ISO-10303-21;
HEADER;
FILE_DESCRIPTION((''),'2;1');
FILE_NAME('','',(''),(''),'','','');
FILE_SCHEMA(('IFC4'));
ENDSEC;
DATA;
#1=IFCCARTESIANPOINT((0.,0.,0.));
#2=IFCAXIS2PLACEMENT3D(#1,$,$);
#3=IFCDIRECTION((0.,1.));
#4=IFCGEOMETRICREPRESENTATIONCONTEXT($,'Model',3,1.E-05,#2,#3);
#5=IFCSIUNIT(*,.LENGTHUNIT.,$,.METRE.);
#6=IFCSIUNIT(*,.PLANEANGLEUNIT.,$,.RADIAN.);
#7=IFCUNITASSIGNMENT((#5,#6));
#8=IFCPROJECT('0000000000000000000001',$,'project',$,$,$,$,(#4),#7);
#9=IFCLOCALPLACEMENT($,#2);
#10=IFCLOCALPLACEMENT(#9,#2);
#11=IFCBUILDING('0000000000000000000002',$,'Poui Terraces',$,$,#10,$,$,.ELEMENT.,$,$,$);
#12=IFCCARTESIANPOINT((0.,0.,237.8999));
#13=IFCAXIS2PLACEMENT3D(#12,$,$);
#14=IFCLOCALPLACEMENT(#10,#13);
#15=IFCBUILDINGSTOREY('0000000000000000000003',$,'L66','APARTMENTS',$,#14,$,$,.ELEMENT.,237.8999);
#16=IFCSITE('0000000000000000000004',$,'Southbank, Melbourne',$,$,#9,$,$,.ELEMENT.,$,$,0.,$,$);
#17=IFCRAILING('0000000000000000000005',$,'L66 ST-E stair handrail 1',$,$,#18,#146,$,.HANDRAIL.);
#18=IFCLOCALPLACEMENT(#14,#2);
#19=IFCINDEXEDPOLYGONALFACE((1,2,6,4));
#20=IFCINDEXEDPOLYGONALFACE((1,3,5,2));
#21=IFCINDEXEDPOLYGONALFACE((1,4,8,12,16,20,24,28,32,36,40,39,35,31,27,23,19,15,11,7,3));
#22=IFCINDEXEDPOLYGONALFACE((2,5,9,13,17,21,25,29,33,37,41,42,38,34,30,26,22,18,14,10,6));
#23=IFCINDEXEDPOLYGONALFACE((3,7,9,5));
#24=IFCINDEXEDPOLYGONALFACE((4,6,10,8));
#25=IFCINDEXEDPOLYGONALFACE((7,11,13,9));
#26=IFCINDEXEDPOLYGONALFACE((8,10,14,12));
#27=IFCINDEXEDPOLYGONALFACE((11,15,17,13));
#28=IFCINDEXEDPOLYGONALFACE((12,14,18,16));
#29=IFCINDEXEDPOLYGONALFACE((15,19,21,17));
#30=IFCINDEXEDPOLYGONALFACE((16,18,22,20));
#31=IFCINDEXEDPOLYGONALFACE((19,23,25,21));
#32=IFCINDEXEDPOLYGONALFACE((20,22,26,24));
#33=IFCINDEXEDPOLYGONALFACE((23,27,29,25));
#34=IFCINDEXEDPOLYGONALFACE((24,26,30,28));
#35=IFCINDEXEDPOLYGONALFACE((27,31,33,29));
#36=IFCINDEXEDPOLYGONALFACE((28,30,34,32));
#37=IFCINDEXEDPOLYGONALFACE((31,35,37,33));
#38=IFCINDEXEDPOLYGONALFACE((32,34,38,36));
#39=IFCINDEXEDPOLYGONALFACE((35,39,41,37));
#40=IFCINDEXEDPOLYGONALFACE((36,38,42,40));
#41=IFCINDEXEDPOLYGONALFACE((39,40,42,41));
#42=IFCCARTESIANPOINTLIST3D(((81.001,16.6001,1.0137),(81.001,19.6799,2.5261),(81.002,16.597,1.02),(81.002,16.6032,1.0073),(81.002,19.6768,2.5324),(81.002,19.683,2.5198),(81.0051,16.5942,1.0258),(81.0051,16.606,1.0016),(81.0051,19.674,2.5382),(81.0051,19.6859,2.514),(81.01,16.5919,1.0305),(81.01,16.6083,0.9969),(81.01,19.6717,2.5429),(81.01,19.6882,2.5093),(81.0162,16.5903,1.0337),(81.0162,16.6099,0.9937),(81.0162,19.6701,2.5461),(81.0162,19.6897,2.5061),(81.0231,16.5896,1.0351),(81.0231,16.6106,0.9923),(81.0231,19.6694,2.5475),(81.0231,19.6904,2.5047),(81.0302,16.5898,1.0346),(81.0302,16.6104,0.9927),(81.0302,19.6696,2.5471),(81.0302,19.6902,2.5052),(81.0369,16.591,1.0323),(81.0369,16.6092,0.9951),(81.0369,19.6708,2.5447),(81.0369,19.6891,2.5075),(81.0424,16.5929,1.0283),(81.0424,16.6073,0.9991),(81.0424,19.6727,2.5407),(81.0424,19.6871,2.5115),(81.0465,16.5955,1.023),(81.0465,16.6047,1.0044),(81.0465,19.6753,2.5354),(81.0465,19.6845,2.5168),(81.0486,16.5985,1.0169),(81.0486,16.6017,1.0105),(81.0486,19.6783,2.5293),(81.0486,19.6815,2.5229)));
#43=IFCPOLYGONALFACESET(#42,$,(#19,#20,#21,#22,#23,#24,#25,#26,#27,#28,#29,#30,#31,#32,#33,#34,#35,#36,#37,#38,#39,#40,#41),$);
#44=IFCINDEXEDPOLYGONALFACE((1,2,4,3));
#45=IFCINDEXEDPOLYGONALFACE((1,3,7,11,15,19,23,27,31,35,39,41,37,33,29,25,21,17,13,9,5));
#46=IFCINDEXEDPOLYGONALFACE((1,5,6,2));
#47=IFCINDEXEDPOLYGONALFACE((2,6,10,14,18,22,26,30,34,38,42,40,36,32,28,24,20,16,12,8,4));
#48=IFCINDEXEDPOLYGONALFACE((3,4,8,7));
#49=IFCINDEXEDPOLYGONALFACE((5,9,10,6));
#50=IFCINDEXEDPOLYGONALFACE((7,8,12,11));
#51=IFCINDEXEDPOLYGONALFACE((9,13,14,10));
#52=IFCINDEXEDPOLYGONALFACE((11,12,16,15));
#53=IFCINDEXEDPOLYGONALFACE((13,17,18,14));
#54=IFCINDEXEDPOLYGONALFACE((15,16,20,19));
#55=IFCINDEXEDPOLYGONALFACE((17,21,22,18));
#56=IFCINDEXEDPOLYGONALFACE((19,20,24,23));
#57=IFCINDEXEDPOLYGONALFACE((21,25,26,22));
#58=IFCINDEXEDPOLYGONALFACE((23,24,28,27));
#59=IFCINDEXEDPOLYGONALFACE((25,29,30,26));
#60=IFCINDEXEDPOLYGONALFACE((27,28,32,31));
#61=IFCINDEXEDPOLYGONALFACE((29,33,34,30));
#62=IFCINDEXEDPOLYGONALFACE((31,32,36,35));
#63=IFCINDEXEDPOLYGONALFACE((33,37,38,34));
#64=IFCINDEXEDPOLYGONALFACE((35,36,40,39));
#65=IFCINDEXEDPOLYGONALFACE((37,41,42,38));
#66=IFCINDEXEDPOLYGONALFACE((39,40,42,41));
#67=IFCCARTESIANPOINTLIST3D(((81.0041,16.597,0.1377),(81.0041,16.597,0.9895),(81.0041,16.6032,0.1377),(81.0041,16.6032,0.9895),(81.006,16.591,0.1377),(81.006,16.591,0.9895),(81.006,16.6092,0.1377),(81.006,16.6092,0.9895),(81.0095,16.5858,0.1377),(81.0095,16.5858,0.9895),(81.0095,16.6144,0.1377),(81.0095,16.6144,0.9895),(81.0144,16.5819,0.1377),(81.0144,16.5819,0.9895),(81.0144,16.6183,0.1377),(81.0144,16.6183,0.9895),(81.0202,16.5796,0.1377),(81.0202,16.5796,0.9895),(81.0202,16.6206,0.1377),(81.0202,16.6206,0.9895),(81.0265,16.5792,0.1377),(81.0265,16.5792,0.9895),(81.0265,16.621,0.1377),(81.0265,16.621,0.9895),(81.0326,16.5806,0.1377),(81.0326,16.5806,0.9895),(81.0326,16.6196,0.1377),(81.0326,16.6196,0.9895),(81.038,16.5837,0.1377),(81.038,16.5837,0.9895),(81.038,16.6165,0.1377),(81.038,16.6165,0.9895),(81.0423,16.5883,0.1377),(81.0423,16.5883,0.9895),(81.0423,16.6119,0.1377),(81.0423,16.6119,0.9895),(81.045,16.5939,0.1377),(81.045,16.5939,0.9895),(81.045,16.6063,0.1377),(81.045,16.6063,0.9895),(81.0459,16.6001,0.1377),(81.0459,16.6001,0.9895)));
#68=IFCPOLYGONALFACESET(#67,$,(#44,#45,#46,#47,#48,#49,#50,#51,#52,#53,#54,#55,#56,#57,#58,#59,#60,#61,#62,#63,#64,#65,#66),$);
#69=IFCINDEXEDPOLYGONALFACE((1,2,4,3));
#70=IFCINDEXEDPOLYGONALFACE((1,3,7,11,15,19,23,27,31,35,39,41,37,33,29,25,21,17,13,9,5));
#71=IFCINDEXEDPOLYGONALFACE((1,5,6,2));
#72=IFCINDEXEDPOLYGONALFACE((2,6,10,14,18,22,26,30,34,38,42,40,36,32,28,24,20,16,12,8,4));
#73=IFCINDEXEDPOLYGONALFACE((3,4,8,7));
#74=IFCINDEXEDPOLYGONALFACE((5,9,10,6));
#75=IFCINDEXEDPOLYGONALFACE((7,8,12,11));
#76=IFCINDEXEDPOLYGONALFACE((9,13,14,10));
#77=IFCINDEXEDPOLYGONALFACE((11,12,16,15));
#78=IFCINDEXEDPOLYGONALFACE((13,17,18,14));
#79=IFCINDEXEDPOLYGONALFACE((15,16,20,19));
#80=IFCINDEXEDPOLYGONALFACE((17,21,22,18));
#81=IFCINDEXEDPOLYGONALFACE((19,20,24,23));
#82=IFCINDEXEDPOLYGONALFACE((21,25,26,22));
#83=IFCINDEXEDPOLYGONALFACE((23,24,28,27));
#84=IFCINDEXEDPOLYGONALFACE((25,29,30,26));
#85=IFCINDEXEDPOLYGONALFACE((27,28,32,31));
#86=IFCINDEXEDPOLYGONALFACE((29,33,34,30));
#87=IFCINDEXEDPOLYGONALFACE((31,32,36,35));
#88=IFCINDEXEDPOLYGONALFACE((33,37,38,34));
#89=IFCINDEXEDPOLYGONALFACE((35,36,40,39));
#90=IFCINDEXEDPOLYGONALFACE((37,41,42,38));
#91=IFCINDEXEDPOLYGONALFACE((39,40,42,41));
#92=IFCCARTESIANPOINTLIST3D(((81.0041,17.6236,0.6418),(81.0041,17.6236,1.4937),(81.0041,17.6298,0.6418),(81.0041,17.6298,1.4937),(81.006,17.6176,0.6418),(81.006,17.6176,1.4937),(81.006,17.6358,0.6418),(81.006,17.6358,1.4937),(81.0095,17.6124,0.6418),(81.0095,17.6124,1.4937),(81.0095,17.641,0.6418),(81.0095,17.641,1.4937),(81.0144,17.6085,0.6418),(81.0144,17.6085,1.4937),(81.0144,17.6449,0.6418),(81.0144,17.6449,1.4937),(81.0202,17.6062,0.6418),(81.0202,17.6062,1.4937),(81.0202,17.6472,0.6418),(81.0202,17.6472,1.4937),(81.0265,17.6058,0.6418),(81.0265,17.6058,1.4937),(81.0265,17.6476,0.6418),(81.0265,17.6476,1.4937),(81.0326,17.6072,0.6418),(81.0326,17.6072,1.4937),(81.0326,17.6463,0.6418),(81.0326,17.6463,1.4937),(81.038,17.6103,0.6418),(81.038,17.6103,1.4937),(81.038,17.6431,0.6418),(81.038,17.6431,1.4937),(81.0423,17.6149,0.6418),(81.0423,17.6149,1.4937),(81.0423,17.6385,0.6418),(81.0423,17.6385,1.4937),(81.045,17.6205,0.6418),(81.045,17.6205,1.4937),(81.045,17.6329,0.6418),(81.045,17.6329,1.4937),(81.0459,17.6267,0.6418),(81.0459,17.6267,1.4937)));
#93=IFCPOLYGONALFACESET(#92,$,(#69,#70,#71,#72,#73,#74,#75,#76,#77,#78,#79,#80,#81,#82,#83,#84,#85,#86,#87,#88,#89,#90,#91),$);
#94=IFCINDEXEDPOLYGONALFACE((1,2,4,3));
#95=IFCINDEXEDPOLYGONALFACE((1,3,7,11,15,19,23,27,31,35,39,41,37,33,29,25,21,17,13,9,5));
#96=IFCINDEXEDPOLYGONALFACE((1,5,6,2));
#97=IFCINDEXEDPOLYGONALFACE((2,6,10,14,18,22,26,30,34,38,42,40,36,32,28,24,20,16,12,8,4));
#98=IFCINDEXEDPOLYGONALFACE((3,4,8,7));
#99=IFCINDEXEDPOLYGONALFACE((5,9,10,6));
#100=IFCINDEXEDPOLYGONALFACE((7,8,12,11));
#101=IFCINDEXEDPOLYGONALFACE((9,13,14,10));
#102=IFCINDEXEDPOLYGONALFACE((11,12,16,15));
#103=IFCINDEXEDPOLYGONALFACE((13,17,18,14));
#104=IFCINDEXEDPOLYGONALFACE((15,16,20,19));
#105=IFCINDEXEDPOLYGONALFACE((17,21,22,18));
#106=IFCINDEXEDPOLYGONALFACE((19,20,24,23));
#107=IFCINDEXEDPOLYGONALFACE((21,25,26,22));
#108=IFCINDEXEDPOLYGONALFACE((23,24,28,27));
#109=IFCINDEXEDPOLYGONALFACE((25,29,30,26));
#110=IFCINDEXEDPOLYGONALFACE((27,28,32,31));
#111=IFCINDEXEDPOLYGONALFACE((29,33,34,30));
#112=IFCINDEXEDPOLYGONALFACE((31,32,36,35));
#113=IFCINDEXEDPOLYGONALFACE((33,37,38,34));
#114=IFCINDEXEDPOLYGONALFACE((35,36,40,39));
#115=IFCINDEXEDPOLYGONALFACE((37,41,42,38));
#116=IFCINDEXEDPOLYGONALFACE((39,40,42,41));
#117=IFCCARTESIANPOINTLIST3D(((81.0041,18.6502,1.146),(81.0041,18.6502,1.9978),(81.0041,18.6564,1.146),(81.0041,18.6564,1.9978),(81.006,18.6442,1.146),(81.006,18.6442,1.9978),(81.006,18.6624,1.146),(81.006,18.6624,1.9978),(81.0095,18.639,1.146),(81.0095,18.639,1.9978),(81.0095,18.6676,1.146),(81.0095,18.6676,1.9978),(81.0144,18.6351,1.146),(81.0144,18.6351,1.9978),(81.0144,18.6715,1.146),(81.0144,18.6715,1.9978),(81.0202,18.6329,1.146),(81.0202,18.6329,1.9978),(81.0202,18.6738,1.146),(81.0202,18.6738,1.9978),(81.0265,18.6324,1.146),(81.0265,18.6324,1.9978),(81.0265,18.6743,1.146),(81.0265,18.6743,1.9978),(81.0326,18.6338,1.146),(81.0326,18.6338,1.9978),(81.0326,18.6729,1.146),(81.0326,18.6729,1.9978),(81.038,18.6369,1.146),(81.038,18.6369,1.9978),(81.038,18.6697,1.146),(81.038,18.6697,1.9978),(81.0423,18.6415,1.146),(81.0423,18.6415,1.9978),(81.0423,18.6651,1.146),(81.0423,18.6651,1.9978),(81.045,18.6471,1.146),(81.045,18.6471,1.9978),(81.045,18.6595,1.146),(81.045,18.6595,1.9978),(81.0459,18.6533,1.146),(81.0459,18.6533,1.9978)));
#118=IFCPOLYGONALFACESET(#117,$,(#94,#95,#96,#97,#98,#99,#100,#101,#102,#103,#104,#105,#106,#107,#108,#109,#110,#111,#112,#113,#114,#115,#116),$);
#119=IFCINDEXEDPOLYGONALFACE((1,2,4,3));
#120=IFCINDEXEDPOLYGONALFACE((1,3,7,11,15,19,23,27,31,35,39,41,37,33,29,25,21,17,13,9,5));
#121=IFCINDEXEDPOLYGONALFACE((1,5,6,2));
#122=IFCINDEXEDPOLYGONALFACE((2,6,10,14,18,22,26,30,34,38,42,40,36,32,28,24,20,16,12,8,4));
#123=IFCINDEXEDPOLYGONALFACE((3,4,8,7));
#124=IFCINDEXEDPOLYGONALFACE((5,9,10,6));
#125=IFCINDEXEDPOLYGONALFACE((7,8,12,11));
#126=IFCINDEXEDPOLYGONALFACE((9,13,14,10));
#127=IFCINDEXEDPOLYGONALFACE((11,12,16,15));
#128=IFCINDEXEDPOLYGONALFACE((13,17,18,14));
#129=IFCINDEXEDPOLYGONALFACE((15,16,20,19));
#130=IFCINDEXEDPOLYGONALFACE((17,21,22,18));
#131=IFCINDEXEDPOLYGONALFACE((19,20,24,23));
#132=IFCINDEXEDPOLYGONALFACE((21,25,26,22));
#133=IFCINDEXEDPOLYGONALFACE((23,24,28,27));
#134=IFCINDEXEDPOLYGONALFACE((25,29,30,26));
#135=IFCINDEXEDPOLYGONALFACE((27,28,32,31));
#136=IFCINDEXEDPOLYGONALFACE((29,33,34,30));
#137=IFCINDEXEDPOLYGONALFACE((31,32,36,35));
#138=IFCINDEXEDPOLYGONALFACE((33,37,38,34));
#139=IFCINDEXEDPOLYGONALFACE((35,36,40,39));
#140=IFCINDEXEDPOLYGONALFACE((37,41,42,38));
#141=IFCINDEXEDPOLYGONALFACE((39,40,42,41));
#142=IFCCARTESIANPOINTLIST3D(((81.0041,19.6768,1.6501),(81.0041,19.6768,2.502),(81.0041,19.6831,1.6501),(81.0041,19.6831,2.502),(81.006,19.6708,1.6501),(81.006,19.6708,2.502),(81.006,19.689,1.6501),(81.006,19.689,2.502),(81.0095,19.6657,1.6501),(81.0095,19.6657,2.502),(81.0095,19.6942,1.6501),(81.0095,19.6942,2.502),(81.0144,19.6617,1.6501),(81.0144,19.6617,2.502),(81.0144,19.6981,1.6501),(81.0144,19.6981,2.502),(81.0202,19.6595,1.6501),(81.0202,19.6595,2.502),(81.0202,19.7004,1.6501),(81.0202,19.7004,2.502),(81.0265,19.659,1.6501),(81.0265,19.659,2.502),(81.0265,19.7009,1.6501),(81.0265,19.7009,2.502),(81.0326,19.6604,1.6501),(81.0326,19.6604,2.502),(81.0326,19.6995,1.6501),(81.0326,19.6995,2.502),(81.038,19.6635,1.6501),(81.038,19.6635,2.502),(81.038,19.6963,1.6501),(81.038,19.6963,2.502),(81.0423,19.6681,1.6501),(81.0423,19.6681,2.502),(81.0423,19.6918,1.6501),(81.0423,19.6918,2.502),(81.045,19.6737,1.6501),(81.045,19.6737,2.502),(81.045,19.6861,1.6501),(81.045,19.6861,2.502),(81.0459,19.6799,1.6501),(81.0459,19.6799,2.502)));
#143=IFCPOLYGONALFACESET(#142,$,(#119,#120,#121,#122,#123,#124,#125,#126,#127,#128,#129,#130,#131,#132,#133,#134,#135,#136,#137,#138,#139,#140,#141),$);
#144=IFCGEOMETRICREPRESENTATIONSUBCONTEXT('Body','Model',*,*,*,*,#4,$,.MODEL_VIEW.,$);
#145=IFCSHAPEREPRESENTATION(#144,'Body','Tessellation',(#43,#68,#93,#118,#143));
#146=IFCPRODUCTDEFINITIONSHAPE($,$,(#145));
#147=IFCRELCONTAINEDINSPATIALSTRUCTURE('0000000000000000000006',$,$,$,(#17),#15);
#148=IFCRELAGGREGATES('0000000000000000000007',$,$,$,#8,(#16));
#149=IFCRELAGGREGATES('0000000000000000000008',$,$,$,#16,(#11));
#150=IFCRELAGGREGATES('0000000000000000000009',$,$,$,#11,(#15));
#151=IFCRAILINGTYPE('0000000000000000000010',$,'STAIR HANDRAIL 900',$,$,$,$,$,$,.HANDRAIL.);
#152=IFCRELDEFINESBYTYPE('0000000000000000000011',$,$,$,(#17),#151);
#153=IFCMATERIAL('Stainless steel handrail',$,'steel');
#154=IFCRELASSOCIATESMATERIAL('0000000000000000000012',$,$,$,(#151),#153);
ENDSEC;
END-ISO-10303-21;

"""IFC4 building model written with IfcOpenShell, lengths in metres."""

from ifc_helpers import new_model, si_unit, direction, frame, origin, origin_2d, place, context, subcontext, project, spatial, circle, extrude, material, type_object, element, save


model = new_model("IFC4")

# Units and contexts
model_context = context("Model", 3, precision=1e-05, world=origin(), true_north=direction((0.0, 1.0)))
body_context = subcontext(model_context, "Body", "Model", "MODEL_VIEW")
ifc_project = project(units=[si_unit("LENGTHUNIT", "METRE"), si_unit("PLANEANGLEUNIT", "RADIAN")], contexts=[model_context])

# Site, building, storey
site_placement = place(None, origin())
site = spatial("IfcSite", under=ifc_project, at=site_placement, Name="Southbank, Melbourne", CompositionType="ELEMENT", RefElevation=0.0)
building_placement = place(site_placement, origin())
building = spatial("IfcBuilding", under=site, at=building_placement, Name="Poui Terraces", CompositionType="ELEMENT")
storey_placement = place(building_placement, frame((0.0, 0.0, 237.8999)))
storey = spatial("IfcBuildingStorey", under=building, at=storey_placement, Name="L66", Description="APARTMENTS", CompositionType="ELEMENT", Elevation=237.8999)

# Railing
ifc_material_1 = material(Name="Stainless steel handrail", Category="steel")
railing_type_1 = type_object("IfcRailingType", Name="STAIR HANDRAIL 900", PredefinedType="HANDRAIL", material=ifc_material_1)
railing_1_placement = place(storey_placement, frame((81.0249, 16.6001, 0.1377)))
element("IfcRailing", 1, at=railing_1_placement, inside=storey, type_object=railing_type_1, Name="L66 ST-E stair handrail 1", PredefinedType="HANDRAIL", context=body_context, shape_type="SweptSolid", body=[
    extrude(circle(Radius=0.0239, at=origin_2d()), frame((0.0, 0.0, 0.876), z_axis=(0.0, 0.897606, 0.440798), x_axis=(-1.0, 0.0, 0.0)), (0.0, 0.0, 1.0), 3.4312),
    extrude(circle(Radius=0.021, at=origin_2d()), origin(), (0.0, 0.0, 1.0), 0.8518),
    extrude(circle(Radius=0.021, at=origin_2d()), frame((0.0, 1.0266, 0.5042)), (0.0, 0.0, 1.0), 0.8518),
    extrude(circle(Radius=0.021, at=origin_2d()), frame((0.0, 2.0532, 1.0083)), (0.0, 0.0, 1.0), 0.8518),
    extrude(circle(Radius=0.021, at=origin_2d()), frame((0.0, 3.0798, 1.5125)), (0.0, 0.0, 1.0), 0.8518),
])

save(model, "model.ifc")
